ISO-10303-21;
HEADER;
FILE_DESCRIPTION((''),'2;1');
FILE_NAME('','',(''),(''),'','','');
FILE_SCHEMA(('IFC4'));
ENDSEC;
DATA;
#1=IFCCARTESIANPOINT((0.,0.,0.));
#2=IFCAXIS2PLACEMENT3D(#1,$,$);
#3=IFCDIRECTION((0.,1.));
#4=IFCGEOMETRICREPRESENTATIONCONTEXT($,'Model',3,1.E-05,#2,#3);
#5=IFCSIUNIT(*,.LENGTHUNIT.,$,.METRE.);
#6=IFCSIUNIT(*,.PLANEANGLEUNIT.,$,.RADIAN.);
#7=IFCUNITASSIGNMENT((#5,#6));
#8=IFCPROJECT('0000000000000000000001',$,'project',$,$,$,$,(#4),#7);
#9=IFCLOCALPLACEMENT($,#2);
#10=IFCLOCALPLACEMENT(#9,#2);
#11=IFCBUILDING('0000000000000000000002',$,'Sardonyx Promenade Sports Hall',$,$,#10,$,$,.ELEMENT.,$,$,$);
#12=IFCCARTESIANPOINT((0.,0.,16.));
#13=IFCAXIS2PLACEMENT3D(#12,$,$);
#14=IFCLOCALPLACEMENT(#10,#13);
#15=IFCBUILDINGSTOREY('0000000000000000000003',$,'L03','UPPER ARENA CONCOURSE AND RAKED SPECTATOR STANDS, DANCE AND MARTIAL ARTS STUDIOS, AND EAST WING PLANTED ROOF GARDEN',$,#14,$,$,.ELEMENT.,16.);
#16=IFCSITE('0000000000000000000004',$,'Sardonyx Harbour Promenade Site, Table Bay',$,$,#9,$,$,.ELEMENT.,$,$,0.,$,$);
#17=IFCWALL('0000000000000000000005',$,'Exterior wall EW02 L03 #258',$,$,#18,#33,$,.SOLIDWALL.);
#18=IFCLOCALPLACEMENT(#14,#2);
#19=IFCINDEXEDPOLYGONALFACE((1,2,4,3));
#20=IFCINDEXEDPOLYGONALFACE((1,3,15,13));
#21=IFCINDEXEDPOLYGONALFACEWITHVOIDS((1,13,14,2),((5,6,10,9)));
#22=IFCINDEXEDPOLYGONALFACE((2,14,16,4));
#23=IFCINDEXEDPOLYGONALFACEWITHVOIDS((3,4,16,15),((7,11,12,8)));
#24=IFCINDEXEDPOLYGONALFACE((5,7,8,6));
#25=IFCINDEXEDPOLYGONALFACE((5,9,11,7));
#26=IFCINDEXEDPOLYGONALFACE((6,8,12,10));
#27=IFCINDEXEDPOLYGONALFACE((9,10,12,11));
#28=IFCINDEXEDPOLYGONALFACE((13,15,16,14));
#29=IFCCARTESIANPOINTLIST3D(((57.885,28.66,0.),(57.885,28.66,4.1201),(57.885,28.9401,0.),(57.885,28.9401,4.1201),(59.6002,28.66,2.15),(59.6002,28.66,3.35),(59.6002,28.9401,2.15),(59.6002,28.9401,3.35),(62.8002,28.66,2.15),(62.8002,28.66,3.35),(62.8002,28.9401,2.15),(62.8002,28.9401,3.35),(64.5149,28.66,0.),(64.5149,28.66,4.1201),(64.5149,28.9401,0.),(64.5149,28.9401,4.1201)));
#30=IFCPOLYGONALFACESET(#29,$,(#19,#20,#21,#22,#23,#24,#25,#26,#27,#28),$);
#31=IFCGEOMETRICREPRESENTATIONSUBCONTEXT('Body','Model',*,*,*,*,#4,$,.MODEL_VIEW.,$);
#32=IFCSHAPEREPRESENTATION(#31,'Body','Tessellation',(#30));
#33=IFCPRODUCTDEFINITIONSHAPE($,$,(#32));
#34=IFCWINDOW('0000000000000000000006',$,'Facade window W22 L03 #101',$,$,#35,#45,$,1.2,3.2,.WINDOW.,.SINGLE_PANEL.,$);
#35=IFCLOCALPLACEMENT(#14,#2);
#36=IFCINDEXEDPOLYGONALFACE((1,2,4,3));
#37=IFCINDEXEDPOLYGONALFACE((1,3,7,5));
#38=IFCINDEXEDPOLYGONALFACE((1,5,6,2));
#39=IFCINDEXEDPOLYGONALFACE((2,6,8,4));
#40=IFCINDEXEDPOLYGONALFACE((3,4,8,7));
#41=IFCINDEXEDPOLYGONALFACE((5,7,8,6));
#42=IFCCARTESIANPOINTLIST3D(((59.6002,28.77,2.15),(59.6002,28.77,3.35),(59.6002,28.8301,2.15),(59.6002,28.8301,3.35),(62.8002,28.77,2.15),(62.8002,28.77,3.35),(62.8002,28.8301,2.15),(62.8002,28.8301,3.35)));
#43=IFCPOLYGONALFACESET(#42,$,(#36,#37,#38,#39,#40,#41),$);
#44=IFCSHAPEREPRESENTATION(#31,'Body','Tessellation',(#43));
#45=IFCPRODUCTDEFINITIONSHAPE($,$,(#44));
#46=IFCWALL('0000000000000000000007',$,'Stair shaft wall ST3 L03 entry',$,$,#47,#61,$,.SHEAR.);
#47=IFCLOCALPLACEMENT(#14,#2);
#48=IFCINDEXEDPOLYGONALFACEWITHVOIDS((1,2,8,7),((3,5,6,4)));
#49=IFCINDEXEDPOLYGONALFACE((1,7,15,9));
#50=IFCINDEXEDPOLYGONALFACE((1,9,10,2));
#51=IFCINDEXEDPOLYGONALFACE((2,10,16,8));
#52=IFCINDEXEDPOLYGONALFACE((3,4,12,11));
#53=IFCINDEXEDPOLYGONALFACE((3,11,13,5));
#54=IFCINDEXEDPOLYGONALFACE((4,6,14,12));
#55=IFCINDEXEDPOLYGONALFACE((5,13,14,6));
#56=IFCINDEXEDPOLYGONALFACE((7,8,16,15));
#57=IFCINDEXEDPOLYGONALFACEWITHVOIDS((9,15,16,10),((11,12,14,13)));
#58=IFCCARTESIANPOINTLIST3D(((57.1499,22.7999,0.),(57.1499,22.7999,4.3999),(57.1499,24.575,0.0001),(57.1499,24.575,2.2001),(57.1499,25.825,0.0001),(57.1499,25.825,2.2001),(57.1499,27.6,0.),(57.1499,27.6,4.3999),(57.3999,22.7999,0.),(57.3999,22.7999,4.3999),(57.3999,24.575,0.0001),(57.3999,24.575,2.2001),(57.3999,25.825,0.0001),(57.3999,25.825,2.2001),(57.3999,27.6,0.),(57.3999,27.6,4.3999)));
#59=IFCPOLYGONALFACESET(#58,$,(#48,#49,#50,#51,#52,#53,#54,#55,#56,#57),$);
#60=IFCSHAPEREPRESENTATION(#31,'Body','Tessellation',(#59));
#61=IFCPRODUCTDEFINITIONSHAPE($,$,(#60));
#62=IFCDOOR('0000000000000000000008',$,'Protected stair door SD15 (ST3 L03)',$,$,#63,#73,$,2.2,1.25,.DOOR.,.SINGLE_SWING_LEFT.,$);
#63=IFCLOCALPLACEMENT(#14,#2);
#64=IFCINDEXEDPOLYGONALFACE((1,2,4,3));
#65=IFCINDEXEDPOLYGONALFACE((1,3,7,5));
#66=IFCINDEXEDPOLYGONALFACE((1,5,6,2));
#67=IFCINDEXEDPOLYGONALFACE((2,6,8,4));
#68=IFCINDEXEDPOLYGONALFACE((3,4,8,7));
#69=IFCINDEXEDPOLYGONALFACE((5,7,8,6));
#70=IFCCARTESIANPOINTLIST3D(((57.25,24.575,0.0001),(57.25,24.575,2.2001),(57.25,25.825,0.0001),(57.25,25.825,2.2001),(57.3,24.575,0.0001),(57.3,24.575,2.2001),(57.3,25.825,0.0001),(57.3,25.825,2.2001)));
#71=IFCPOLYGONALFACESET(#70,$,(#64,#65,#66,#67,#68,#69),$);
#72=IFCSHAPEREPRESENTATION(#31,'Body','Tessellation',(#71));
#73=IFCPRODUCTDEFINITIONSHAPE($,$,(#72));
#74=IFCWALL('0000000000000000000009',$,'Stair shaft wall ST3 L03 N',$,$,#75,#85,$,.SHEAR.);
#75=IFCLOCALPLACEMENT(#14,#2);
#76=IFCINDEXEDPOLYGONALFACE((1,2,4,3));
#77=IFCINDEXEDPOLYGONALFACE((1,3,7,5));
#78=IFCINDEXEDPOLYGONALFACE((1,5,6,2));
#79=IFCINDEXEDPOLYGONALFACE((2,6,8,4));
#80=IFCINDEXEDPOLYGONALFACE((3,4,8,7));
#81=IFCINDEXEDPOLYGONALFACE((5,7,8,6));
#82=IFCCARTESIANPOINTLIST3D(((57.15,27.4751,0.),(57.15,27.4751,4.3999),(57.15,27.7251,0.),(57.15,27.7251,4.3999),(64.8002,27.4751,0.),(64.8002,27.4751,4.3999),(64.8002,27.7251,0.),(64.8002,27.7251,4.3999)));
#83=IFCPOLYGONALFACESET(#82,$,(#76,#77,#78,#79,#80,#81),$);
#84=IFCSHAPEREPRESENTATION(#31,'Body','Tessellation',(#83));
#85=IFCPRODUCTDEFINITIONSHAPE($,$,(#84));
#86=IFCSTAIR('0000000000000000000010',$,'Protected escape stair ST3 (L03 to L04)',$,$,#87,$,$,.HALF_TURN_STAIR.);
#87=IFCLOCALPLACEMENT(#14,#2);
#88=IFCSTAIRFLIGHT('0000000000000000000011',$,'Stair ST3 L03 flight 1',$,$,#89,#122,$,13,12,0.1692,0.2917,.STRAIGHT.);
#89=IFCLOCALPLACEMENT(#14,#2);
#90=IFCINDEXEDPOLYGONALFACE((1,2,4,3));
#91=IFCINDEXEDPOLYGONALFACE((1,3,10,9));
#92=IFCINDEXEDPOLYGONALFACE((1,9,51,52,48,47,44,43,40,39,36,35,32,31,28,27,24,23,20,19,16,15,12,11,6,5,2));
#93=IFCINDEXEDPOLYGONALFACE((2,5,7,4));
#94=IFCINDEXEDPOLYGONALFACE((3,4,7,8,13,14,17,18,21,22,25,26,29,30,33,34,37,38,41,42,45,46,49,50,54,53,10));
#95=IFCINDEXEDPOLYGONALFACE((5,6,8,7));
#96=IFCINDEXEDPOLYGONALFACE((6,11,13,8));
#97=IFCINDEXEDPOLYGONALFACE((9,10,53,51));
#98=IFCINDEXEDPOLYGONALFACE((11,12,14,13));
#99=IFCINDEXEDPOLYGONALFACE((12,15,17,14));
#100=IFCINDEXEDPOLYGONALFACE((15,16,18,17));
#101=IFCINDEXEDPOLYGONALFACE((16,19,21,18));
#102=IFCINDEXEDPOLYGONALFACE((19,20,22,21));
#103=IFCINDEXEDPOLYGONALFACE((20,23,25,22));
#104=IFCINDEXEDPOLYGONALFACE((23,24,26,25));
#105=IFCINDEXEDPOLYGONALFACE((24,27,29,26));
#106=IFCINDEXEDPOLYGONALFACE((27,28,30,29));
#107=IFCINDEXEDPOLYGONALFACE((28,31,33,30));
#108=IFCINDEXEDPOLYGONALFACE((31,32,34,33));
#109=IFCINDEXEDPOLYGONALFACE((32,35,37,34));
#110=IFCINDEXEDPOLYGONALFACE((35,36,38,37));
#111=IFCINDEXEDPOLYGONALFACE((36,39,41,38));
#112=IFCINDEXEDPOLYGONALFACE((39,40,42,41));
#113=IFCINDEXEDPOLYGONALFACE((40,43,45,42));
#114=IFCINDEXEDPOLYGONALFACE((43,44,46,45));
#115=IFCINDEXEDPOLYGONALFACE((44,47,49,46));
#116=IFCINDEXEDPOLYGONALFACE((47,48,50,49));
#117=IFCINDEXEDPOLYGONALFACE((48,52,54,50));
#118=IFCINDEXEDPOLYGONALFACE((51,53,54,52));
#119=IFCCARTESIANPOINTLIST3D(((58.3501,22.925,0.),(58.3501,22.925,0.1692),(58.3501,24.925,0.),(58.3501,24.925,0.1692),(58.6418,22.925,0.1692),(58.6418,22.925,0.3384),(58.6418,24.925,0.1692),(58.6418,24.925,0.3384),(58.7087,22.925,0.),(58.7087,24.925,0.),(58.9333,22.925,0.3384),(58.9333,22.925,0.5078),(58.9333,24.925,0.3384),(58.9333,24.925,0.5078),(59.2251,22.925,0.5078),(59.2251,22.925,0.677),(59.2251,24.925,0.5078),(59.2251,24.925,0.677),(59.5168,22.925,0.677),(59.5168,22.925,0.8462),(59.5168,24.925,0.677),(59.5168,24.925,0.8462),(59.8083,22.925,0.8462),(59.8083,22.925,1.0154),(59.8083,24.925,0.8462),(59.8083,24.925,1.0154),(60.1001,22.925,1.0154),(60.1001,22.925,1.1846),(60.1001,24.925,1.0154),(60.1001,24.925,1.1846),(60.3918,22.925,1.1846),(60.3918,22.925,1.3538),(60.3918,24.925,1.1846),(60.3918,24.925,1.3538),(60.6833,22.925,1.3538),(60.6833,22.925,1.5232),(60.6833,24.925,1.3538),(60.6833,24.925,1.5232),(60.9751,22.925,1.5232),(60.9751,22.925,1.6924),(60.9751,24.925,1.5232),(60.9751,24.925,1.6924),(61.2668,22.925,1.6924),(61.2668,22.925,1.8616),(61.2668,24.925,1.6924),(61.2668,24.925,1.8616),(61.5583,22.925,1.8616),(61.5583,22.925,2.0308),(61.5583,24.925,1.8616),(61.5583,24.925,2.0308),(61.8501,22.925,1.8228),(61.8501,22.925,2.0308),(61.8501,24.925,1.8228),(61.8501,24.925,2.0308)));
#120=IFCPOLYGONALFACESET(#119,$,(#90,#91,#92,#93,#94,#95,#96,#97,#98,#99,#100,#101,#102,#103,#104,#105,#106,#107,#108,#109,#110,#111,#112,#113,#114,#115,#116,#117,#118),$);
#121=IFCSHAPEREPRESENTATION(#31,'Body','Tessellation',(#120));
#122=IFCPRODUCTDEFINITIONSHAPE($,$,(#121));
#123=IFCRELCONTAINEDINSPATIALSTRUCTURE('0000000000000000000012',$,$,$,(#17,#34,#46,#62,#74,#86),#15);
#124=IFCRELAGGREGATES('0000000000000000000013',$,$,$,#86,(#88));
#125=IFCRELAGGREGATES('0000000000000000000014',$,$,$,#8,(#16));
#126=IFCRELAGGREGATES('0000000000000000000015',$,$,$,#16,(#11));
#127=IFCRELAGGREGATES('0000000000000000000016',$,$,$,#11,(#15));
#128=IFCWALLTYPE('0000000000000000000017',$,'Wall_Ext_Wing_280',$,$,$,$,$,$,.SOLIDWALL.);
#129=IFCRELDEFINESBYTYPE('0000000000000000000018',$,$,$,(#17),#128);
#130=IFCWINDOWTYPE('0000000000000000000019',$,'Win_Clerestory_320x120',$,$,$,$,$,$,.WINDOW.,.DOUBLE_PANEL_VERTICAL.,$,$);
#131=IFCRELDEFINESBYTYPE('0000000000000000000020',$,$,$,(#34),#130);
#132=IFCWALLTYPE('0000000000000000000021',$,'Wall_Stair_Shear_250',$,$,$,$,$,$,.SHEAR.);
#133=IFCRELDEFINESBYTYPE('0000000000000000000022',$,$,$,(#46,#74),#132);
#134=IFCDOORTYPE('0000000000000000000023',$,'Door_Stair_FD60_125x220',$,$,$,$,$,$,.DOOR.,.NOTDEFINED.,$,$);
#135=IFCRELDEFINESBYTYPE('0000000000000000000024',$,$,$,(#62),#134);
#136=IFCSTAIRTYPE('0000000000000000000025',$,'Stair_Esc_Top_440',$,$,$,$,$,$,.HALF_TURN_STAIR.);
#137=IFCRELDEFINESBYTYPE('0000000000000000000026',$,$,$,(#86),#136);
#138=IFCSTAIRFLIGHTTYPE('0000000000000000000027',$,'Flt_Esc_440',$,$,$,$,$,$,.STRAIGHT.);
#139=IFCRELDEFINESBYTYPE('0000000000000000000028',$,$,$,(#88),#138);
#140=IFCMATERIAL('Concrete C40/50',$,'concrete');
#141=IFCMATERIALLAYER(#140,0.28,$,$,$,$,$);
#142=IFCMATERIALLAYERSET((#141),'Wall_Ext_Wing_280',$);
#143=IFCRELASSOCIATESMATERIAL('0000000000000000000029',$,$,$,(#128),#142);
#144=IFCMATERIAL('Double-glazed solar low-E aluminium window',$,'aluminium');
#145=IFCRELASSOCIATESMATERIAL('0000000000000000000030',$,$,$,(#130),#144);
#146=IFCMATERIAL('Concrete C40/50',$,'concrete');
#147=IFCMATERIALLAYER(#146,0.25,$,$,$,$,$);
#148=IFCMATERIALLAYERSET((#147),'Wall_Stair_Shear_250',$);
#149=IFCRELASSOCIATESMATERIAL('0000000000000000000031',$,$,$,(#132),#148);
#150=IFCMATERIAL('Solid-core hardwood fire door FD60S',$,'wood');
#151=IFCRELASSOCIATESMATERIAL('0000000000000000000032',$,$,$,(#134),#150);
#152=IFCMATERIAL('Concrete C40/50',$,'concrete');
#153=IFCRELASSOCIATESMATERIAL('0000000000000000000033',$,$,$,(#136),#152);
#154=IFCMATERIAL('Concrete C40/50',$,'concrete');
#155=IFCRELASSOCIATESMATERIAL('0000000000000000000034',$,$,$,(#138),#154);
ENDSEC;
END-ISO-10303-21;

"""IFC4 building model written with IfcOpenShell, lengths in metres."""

from ifc_helpers import new_model, si_unit, direction, frame, frame_2d, origin, place, context, subcontext, project, spatial, polyline, rectangle, outline, extrude, material, layer, layer_set, type_object, element, fill, aggregate, save


model = new_model("IFC4")

# Units and contexts
model_context = context("Model", 3, precision=1e-05, world=origin(), true_north=direction((0.0, 1.0)))
body_context = subcontext(model_context, "Body", "Model", "MODEL_VIEW")
ifc_project = project(units=[si_unit("LENGTHUNIT", "METRE"), si_unit("PLANEANGLEUNIT", "RADIAN")], contexts=[model_context])

# Site, building, storey
site_placement = place(None, origin())
site = spatial("IfcSite", under=ifc_project, at=site_placement, Name="Sardonyx Harbour Promenade Site, Table Bay", CompositionType="ELEMENT", RefElevation=0.0)
building_placement = place(site_placement, origin())
building = spatial("IfcBuilding", under=site, at=building_placement, Name="Sardonyx Promenade Sports Hall", CompositionType="ELEMENT")
storey_placement = place(building_placement, frame((0.0, 0.0, 16.0)))
storey = spatial("IfcBuildingStorey", under=building, at=storey_placement, Name="L03", Description="UPPER ARENA CONCOURSE AND RAKED SPECTATOR STANDS, DANCE AND MARTIAL ARTS STUDIOS, AND EAST WING PLANTED ROOF GARDEN", CompositionType="ELEMENT", Elevation=16.0)

# Wall, opening, window
ifc_material_1 = material(Name="Concrete C40/50", Category="concrete")
ifc_layer_1 = layer(ifc_material_1, 0.28)
ifc_layer_set_1 = layer_set([ifc_layer_1], Name="Wall_Ext_Wing_280")
wall_type_1 = type_object("IfcWallType", Name="Wall_Ext_Wing_280", PredefinedType="SOLIDWALL", material=ifc_layer_set_1)
wall_1_placement = place(storey_placement, frame((57.885, 28.8, 0.0), z_axis=(0.0, 0.0, 1.0), x_axis=(1.0, 0.0, 0.0)))
wall_1 = element("IfcWall", 1, at=wall_1_placement, inside=storey, type_object=wall_type_1, Name="Exterior wall EW02 L03 #258", PredefinedType="SOLIDWALL", context=body_context, shape_type="SweptSolid", body=[
    extrude(rectangle(XDim=6.6299, YDim=0.28, at=frame_2d((3.3149, 0.0))), origin(), (0.0, 0.0, 1.0), 4.1201),
])
opening_1_placement = place(wall_1_placement, frame((1.7151, 0.0, 2.1499)))
opening_1 = element("IfcOpeningElement", 2, at=opening_1_placement, cuts=wall_1, PredefinedType="OPENING", context=body_context, shape_type="SweptSolid", body=[
    extrude(rectangle(XDim=3.2, YDim=1.2, at=frame_2d((1.6001, 0.6001))), frame((0.0, 0.15, 0.0), z_axis=(0.0, -1.0, 0.0), x_axis=(1.0, 0.0, 0.0)), (0.0, 0.0, 1.0), 0.3),
])
ifc_material_2 = material(Name="Double-glazed solar low-E aluminium window", Category="aluminium")
window_type = type_object("IfcWindowType", Name="Win_Clerestory_320x120", PartitioningType="DOUBLE_PANEL_VERTICAL", PredefinedType="WINDOW", material=ifc_material_2)
window_placement = place(opening_1_placement, origin())
window = element("IfcWindow", 3, at=window_placement, inside=storey, type_object=window_type, Name="Facade window W22 L03 #101", OverallHeight=1.2, OverallWidth=3.2, PartitioningType="SINGLE_PANEL", PredefinedType="WINDOW", context=body_context, shape_type="SweptSolid", body=[
    extrude(rectangle(XDim=3.2, YDim=1.2, at=frame_2d((1.6001, 0.6001))), frame((0.0, 0.03, 0.0), z_axis=(0.0, -1.0, 0.0), x_axis=(1.0, 0.0, 0.0)), (0.0, 0.0, 1.0), 0.0601),
])
fill(opening_1, window)

# Wall, opening, door
ifc_material_3 = material(Name="Concrete C40/50", Category="concrete")
ifc_layer_2 = layer(ifc_material_3, 0.25)
ifc_layer_set_2 = layer_set([ifc_layer_2], Name="Wall_Stair_Shear_250")
wall_type_2 = type_object("IfcWallType", Name="Wall_Stair_Shear_250", PredefinedType="SHEAR", material=ifc_layer_set_2)
wall_2_placement = place(storey_placement, frame((57.2749, 22.8, 0.0), z_axis=(0.0, 0.0, 1.0), x_axis=(0.0, 1.0, 0.0)))
wall_2 = element("IfcWall", 4, at=wall_2_placement, inside=storey, type_object=wall_type_2, Name="Stair shaft wall ST3 L03 entry", PredefinedType="SHEAR", context=body_context, shape_type="SweptSolid", body=[
    extrude(rectangle(XDim=4.8, YDim=0.25, at=frame_2d((2.3999, 0.0))), origin(), (0.0, 0.0, 1.0), 4.3999),
])
opening_2_placement = place(wall_2_placement, frame((1.7749, 0.0, 0.0)))
opening_2 = element("IfcOpeningElement", 5, at=opening_2_placement, cuts=wall_2, PredefinedType="OPENING", context=body_context, shape_type="SweptSolid", body=[
    extrude(rectangle(XDim=1.25, YDim=2.2, at=frame_2d((0.625, 1.1001))), frame((0.0, 0.135, 0.0), z_axis=(0.0, -1.0, 0.0), x_axis=(1.0, 0.0, 0.0)), (0.0, 0.0, 1.0), 0.27),
])
ifc_material_4 = material(Name="Solid-core hardwood fire door FD60S", Category="wood")
door_type_1 = type_object("IfcDoorType", Name="Door_Stair_FD60_125x220", OperationType="NOTDEFINED", PredefinedType="DOOR", material=ifc_material_4)
door_1_placement = place(opening_2_placement, origin())
door_1 = element("IfcDoor", 6, at=door_1_placement, inside=storey, type_object=door_type_1, Name="Protected stair door SD15 (ST3 L03)", OperationType="SINGLE_SWING_LEFT", OverallHeight=2.2, OverallWidth=1.25, PredefinedType="DOOR", context=body_context, shape_type="SweptSolid", body=[
    extrude(rectangle(XDim=1.25, YDim=2.2, at=frame_2d((0.625, 1.1001))), frame((0.0, 0.0249, 0.0), z_axis=(0.0, -1.0, 0.0), x_axis=(1.0, 0.0, 0.0)), (0.0, 0.0, 1.0), 0.05),
])
fill(opening_2, door_1)

# Wall
wall_3_placement = place(storey_placement, frame((57.1499, 27.6001, 0.0), z_axis=(0.0, 0.0, 1.0), x_axis=(1.0, 0.0, 0.0)))
element("IfcWall", 7, at=wall_3_placement, inside=storey, type_object=wall_type_2, Name="Stair shaft wall ST3 L03 N", PredefinedType="SHEAR", context=body_context, shape_type="SweptSolid", body=[
    extrude(rectangle(XDim=7.6501, YDim=0.25, at=frame_2d((3.8252, 0.0))), origin(), (0.0, 0.0, 1.0), 4.3999),
])

# Stair, stair flight
ifc_material_5 = material(Name="Concrete C40/50", Category="concrete")
stair_type = type_object("IfcStairType", Name="Stair_Esc_Top_440", PredefinedType="HALF_TURN_STAIR", material=ifc_material_5)
stair_placement = place(storey_placement, origin())
stair = element("IfcStair", 8, at=stair_placement, inside=storey, type_object=stair_type, Name="Protected escape stair ST3 (L03 to L04)", PredefinedType="HALF_TURN_STAIR")
ifc_material_6 = material(Name="Concrete C40/50", Category="concrete")
stair_flight_type = type_object("IfcStairFlightType", Name="Flt_Esc_440", PredefinedType="STRAIGHT", material=ifc_material_6)
stair_flight_placement = place(storey_placement, frame((58.3501, 23.925, 0.0), z_axis=(0.0, 0.0, 1.0), x_axis=(1.0, 0.0, 0.0)))
stair_flight = element("IfcStairFlight", 9, at=stair_flight_placement, type_object=stair_flight_type, Name="Stair ST3 L03 flight 1", NumberOfRisers=13, NumberOfTreads=12, PredefinedType="STRAIGHT", RiserHeight=0.1692, TreadLength=0.2917, context=body_context, shape_type="SweptSolid", body=[
    extrude(outline(polyline([(0.0, 0.0), (0.0, 0.1692), (0.2917, 0.1692), (0.2917, 0.3384), (0.5833, 0.3384), (0.5833, 0.5078), (0.875, 0.5078), (0.875, 0.677), (1.1667, 0.677), (1.1667, 0.8462), (1.4583, 0.8462), (1.4583, 1.0154), (1.75, 1.0154), (1.75, 1.1846), (2.0417, 1.1846), (2.0417, 1.3538), (2.3333, 1.3538), (2.3333, 1.5232), (2.625, 1.5232), (2.625, 1.6924), (2.9167, 1.6924), (2.9167, 1.8616), (3.2083, 1.8616), (3.2083, 2.0308), (3.5, 2.0308), (3.5, 2.2), (3.5, 1.8228), (0.3586, 0.0), (0.0, 0.0)])), frame((0.0, 1.0, 0.0), z_axis=(0.0, -1.0, 0.0), x_axis=(1.0, 0.0, 0.0)), (0.0, 0.0, 1.0), 2.0),
])
aggregate(stair, [stair_flight])

save(model, "model.ifc")
